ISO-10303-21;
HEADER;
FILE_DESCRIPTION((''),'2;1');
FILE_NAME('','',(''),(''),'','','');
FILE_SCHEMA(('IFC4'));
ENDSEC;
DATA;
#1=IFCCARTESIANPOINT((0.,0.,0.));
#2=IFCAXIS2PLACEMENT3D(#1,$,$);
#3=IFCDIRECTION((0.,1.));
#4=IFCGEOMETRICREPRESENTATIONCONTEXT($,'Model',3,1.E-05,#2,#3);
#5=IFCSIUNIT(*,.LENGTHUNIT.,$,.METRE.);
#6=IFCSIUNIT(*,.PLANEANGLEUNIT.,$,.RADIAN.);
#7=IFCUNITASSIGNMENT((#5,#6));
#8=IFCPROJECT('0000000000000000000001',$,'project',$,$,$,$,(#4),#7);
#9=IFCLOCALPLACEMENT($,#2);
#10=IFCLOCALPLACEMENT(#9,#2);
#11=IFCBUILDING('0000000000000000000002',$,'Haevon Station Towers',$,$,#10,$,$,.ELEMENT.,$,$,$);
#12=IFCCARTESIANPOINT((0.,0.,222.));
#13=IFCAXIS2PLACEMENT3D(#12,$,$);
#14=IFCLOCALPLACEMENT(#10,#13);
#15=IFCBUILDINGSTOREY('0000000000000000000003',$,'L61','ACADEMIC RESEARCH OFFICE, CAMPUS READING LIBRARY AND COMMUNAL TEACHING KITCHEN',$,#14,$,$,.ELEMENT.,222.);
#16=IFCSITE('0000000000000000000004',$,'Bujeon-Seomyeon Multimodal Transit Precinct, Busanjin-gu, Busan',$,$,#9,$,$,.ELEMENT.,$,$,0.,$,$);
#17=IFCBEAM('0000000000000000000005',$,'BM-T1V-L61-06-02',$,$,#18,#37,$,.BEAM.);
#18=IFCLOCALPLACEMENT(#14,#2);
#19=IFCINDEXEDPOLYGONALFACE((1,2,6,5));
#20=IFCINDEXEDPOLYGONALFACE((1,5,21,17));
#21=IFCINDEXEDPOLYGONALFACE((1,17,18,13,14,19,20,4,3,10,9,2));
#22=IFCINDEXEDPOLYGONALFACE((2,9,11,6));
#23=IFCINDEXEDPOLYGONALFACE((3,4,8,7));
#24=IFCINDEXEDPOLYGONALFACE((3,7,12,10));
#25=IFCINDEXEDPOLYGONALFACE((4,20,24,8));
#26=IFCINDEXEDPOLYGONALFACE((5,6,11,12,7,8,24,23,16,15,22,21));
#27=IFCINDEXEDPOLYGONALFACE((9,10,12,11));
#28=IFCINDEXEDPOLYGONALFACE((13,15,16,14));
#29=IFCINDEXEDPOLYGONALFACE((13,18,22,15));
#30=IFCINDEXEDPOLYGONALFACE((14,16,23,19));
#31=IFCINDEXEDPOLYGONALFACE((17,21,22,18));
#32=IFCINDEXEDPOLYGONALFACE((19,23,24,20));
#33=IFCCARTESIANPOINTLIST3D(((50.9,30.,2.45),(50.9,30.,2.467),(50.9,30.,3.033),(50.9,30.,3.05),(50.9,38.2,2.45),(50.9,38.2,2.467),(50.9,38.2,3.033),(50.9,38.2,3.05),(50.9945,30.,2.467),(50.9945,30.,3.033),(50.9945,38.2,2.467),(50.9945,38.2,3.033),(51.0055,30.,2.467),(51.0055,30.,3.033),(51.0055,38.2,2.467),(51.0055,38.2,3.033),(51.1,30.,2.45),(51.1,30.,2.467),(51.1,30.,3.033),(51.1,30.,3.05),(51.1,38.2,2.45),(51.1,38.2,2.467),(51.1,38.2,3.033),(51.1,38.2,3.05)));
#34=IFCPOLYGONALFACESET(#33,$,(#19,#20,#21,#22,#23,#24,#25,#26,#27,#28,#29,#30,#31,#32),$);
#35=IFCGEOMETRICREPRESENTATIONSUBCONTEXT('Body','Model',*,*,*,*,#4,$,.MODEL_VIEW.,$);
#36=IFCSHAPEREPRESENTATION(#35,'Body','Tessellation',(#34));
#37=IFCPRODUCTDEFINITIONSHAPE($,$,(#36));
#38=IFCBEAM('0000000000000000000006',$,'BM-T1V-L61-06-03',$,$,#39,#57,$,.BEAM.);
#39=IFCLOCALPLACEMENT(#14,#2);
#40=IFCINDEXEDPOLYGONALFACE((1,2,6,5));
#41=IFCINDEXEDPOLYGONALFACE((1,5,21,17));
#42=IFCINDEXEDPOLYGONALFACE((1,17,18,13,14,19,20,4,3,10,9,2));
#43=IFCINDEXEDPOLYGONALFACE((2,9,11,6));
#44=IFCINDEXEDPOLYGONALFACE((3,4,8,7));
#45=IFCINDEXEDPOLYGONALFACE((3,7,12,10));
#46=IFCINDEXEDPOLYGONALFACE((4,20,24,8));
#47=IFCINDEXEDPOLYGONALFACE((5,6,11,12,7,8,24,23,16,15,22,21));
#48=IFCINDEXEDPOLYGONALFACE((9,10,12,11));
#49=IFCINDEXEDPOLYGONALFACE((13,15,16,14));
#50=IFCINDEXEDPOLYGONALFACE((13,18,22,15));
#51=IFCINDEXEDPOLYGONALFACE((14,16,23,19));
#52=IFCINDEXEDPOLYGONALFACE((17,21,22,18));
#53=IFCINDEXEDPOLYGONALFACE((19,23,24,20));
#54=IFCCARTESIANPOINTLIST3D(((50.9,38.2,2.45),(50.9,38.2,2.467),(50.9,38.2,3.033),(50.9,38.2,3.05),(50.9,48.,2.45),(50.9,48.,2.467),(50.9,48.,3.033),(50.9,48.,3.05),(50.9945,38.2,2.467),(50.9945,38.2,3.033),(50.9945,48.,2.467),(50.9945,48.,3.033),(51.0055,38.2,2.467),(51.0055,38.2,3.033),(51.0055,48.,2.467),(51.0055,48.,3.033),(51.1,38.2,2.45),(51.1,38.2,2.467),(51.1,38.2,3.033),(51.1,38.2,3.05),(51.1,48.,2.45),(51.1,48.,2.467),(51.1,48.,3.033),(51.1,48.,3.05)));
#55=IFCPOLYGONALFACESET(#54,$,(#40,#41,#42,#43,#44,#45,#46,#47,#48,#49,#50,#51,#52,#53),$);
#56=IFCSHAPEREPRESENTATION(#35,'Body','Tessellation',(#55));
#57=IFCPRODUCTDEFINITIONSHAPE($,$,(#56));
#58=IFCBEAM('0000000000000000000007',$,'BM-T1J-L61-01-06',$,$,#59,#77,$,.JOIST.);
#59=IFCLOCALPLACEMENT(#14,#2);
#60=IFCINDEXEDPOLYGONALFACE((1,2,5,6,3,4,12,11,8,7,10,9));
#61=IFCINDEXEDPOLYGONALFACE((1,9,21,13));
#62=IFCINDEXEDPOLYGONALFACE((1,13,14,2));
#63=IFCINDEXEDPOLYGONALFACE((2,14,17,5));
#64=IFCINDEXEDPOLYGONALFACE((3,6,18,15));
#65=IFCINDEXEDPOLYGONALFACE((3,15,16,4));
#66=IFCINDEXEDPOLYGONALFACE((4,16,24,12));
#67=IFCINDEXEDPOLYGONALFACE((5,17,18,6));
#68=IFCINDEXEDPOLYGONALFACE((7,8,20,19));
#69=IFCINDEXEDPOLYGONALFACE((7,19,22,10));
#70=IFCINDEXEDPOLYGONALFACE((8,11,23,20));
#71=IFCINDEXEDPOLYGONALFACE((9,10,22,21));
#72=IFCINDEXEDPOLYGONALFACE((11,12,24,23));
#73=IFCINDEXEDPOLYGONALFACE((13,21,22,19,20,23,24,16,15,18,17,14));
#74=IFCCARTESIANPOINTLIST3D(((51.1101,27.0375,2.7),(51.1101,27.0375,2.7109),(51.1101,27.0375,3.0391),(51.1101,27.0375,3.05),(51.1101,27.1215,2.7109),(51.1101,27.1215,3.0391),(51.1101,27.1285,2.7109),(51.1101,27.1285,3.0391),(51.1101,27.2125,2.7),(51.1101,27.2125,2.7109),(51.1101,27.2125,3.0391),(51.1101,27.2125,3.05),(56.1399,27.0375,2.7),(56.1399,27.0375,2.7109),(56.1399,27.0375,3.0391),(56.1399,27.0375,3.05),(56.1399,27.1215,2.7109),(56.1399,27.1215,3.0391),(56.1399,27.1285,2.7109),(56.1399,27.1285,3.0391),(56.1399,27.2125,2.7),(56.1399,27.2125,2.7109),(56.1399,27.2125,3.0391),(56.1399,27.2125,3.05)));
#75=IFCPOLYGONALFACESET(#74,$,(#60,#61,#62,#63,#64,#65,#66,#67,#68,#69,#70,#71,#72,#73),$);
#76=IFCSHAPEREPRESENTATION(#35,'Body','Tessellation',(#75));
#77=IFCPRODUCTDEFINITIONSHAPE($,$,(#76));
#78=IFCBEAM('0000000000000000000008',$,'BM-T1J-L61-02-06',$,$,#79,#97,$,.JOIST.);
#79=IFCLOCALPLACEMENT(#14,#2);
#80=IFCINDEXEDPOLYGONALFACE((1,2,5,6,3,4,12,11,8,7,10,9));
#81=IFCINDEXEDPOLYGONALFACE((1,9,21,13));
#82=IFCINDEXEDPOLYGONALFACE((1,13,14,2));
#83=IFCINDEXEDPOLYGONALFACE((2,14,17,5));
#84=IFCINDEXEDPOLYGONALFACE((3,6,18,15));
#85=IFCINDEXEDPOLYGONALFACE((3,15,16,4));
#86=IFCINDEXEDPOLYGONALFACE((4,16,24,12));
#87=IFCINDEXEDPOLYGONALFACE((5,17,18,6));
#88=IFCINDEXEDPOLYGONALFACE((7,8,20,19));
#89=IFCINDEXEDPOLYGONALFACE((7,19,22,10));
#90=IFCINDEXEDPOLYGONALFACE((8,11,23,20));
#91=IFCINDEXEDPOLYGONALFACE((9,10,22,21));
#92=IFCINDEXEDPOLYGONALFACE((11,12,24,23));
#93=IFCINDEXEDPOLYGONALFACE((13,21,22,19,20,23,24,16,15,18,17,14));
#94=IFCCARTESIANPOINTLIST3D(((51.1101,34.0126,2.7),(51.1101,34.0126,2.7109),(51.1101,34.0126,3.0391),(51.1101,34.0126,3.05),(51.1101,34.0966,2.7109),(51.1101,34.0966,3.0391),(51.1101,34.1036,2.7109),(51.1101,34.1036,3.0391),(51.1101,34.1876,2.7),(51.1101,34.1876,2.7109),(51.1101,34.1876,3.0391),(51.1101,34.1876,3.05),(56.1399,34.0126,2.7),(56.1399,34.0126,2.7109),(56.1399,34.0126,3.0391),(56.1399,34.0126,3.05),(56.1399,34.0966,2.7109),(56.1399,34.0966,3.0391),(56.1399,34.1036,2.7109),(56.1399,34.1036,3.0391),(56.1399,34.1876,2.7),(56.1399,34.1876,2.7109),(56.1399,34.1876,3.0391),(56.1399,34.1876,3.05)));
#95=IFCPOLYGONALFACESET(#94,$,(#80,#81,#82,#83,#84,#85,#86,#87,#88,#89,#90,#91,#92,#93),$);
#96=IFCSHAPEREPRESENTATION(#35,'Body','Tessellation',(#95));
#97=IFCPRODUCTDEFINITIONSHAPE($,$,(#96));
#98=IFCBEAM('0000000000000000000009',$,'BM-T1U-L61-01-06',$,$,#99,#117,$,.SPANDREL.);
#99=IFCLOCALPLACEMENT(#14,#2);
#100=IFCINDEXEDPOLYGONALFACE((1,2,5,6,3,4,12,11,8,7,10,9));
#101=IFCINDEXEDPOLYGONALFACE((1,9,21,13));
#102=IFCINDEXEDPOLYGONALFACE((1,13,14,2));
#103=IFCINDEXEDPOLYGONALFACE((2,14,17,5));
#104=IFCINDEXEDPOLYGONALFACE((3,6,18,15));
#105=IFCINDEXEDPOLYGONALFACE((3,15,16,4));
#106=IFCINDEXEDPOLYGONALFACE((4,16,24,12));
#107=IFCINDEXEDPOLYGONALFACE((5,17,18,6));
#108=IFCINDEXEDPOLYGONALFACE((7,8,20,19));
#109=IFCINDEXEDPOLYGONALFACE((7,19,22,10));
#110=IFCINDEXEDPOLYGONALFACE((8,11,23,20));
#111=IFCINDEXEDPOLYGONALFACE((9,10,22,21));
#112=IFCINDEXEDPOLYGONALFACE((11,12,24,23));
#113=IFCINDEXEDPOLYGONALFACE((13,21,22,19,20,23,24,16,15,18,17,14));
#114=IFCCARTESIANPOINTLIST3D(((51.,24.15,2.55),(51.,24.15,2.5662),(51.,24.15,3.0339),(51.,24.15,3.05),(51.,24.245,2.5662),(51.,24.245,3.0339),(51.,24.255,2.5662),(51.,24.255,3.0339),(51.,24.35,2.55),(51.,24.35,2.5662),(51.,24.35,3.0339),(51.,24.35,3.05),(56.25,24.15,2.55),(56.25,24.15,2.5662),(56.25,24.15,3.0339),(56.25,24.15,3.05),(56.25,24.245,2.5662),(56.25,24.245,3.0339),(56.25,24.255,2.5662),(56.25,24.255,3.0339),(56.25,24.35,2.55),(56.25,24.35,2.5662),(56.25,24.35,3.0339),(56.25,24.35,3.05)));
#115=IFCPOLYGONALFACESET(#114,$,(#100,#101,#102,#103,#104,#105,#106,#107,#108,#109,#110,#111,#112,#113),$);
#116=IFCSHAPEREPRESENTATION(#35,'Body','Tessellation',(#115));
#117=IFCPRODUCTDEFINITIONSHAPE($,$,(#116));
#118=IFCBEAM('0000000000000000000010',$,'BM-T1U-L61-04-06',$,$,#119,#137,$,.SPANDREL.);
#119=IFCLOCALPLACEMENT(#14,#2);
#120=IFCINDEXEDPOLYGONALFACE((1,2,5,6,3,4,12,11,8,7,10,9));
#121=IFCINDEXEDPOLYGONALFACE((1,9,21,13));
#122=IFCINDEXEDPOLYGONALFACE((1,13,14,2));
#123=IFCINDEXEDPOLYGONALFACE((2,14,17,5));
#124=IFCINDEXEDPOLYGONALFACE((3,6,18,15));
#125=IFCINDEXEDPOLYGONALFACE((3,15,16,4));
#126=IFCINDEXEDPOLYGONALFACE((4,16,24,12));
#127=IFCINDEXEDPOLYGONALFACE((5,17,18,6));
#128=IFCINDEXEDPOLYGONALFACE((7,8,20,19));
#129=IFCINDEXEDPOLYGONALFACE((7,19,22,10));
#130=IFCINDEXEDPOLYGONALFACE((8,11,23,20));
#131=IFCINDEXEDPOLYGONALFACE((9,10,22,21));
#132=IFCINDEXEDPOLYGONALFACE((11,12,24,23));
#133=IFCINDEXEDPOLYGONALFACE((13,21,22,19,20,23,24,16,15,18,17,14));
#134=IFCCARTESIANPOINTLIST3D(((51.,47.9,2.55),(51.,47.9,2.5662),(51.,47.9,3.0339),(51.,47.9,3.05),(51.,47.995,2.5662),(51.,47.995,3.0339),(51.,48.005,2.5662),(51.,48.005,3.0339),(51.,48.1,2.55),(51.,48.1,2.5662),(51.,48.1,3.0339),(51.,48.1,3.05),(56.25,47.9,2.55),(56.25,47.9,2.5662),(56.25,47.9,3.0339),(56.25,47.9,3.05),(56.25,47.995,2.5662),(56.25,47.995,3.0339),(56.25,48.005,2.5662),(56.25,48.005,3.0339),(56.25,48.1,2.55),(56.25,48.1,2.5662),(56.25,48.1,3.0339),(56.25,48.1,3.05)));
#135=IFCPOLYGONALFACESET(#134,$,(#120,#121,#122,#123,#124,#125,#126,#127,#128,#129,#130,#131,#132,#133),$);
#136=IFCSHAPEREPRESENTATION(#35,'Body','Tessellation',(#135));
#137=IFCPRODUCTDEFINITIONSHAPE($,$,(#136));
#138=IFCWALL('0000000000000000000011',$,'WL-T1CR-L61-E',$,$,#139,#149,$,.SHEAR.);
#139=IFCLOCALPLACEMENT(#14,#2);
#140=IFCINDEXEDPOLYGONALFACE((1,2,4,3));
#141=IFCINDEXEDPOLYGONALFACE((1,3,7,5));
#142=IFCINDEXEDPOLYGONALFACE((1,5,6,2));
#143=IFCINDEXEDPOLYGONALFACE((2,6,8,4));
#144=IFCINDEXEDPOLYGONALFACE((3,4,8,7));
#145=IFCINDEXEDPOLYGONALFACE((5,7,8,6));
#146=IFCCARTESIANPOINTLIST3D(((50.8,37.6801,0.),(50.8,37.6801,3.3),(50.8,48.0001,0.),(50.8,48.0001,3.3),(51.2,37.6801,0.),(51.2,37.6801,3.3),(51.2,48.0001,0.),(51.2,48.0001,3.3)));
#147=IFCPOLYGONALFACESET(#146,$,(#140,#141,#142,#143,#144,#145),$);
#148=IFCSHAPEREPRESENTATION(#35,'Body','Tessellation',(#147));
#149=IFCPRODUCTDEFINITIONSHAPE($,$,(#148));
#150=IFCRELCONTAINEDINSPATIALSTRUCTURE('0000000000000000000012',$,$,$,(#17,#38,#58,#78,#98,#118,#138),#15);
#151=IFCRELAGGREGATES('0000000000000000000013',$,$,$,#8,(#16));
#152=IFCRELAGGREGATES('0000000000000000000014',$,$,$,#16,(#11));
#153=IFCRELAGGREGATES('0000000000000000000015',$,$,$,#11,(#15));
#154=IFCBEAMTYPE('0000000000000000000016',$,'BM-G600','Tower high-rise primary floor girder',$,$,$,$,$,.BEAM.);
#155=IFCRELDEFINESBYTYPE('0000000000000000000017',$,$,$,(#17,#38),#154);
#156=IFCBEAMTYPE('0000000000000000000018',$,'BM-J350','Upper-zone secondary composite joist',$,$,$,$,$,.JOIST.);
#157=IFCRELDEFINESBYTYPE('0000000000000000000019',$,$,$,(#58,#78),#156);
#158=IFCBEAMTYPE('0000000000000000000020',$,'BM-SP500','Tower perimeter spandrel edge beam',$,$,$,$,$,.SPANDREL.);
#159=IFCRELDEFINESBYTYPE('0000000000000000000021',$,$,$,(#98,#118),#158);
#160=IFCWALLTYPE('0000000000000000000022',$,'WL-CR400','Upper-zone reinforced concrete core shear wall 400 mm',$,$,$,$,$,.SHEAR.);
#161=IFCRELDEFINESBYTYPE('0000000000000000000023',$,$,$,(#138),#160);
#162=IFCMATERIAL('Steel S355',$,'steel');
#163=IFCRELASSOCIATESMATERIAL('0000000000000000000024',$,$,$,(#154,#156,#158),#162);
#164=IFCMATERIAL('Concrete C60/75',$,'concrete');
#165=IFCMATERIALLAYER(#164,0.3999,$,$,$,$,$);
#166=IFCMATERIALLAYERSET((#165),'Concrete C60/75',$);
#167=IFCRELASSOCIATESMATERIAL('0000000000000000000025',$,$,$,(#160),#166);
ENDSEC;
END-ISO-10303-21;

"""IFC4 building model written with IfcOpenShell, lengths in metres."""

from ifc_helpers import new_model, si_unit, direction, frame, frame_2d, origin, origin_2d, place, context, subcontext, project, spatial, rectangle, i_section, extrude, material, layer, layer_set, material_profile, profile_set, type_object, element, save


model = new_model("IFC4")

# Units and contexts
model_context = context("Model", 3, precision=1e-05, world=origin(), true_north=direction((0.0, 1.0)))
body_context = subcontext(model_context, "Body", "Model", "MODEL_VIEW")
ifc_project = project(units=[si_unit("LENGTHUNIT", "METRE"), si_unit("PLANEANGLEUNIT", "RADIAN")], contexts=[model_context])

# Site, building, storey
site_placement = place(None, origin())
site = spatial("IfcSite", under=ifc_project, at=site_placement, Name="Bujeon-Seomyeon Multimodal Transit Precinct, Busanjin-gu, Busan", CompositionType="ELEMENT", RefElevation=0.0)
building_placement = place(site_placement, origin())
building = spatial("IfcBuilding", under=site, at=building_placement, Name="Haevon Station Towers", CompositionType="ELEMENT")
storey_placement = place(building_placement, frame((0.0, 0.0, 222.0)))
storey = spatial("IfcBuildingStorey", under=building, at=storey_placement, Name="L61", Description="ACADEMIC RESEARCH OFFICE, CAMPUS READING LIBRARY AND COMMUNAL TEACHING KITCHEN", CompositionType="ELEMENT", Elevation=222.0)

# Shared definitions
ifc_material_1 = material(Name="Steel S355", Category="steel")

# Beams
ifc_material_profile_1 = material_profile(ifc_material_1, i_section(OverallWidth=0.2, OverallDepth=0.6001, WebThickness=0.011, FlangeThickness=0.0171, at=origin_2d()), Name="H-600x200x11x17")
ifc_profile_set_1 = profile_set([ifc_material_profile_1], Name="Steel S355")
beam_type_1 = type_object("IfcBeamType", Name="BM-G600", Description="Tower high-rise primary floor girder", PredefinedType="BEAM", material=ifc_profile_set_1)
beam_1_placement = place(storey_placement, frame((51.0, 30.0, 2.75), z_axis=(0.0, 1.0, 0.0), x_axis=(-1.0, 0.0, 0.0)))
element("IfcBeam", 1, at=beam_1_placement, inside=storey, type_object=beam_type_1, Name="BM-T1V-L61-06-02", PredefinedType="BEAM", context=body_context, shape_type="SweptSolid", body=[
    extrude(i_section(OverallWidth=0.2, OverallDepth=0.6001, WebThickness=0.011, FlangeThickness=0.0171, at=origin_2d()), origin(), (0.0, 0.0, 1.0), 8.2),
])
beam_2_placement = place(storey_placement, frame((51.0, 38.2, 2.75), z_axis=(0.0, 1.0, 0.0), x_axis=(-1.0, 0.0, 0.0)))
element("IfcBeam", 2, at=beam_2_placement, inside=storey, type_object=beam_type_1, Name="BM-T1V-L61-06-03", PredefinedType="BEAM", context=body_context, shape_type="SweptSolid", body=[
    extrude(i_section(OverallWidth=0.2, OverallDepth=0.6001, WebThickness=0.011, FlangeThickness=0.0171, at=origin_2d()), origin(), (0.0, 0.0, 1.0), 9.8),
])
ifc_material_profile_2 = material_profile(ifc_material_1, i_section(OverallWidth=0.175, OverallDepth=0.3501, WebThickness=0.0071, FlangeThickness=0.011, at=origin_2d()), Name="H-350x175x7x11")
ifc_profile_set_2 = profile_set([ifc_material_profile_2], Name="Steel S355")
beam_type_2 = type_object("IfcBeamType", Name="BM-J350", Description="Upper-zone secondary composite joist", PredefinedType="JOIST", material=ifc_profile_set_2)
for number, where, z_axis, x_axis, name in (
    (3, (51.1101, 27.125, 2.875), (1.0, 0.0, 0.0), (0.0, 1.0, 0.0), "BM-T1J-L61-01-06"),
    (4, (51.1101, 34.1001, 2.875), (1.0, 0.0, 0.0), (0.0, 1.0, 0.0), "BM-T1J-L61-02-06"),
):
    element("IfcBeam", number, at=place(storey_placement, frame(where, z_axis=z_axis, x_axis=x_axis)), inside=storey, type_object=beam_type_2, Name=name, PredefinedType="JOIST", context=body_context, shape_type="SweptSolid", body=[
        extrude(i_section(OverallWidth=0.175, OverallDepth=0.3501, WebThickness=0.0071, FlangeThickness=0.011, at=origin_2d()), origin(), (0.0, 0.0, 1.0), 5.0298),
    ])
ifc_material_profile_3 = material_profile(ifc_material_1, i_section(OverallWidth=0.2, OverallDepth=0.5, WebThickness=0.01, FlangeThickness=0.0161, at=origin_2d()), Name="H-500x200x10x16")
ifc_profile_set_3 = profile_set([ifc_material_profile_3], Name="Steel S355")
beam_type_3 = type_object("IfcBeamType", Name="BM-SP500", Description="Tower perimeter spandrel edge beam", PredefinedType="SPANDREL", material=ifc_profile_set_3)
for number, where, z_axis, x_axis, name in (
    (5, (51.0, 24.25, 2.8), (1.0, 0.0, 0.0), (0.0, 1.0, 0.0), "BM-T1U-L61-01-06"),
    (6, (51.0, 48.0, 2.8), (1.0, 0.0, 0.0), (0.0, 1.0, 0.0), "BM-T1U-L61-04-06"),
):
    element("IfcBeam", number, at=place(storey_placement, frame(where, z_axis=z_axis, x_axis=x_axis)), inside=storey, type_object=beam_type_3, Name=name, PredefinedType="SPANDREL", context=body_context, shape_type="SweptSolid", body=[
        extrude(i_section(OverallWidth=0.2, OverallDepth=0.5, WebThickness=0.01, FlangeThickness=0.0161, at=origin_2d()), origin(), (0.0, 0.0, 1.0), 5.25),
    ])

# Wall
ifc_material_2 = material(Name="Concrete C60/75", Category="concrete")
ifc_layer_1 = layer(ifc_material_2, 0.3999)
ifc_layer_set_1 = layer_set([ifc_layer_1], Name="Concrete C60/75")
wall_type_1 = type_object("IfcWallType", Name="WL-CR400", Description="Upper-zone reinforced concrete core shear wall 400 mm", PredefinedType="SHEAR", material=ifc_layer_set_1)
wall_1_placement = place(storey_placement, frame((51.0, 37.6799, 0.0), z_axis=(0.0, 0.0, 1.0), x_axis=(0.0, 1.0, 0.0)))
element("IfcWall", 7, at=wall_1_placement, inside=storey, type_object=wall_type_1, Name="WL-T1CR-L61-E", PredefinedType="SHEAR", context=body_context, shape_type="SweptSolid", body=[
    extrude(rectangle(XDim=10.3201, YDim=0.3999, at=frame_2d((5.1602, 0.0))), origin(), (0.0, 0.0, 1.0), 3.3),
])

save(model, "model.ifc")
